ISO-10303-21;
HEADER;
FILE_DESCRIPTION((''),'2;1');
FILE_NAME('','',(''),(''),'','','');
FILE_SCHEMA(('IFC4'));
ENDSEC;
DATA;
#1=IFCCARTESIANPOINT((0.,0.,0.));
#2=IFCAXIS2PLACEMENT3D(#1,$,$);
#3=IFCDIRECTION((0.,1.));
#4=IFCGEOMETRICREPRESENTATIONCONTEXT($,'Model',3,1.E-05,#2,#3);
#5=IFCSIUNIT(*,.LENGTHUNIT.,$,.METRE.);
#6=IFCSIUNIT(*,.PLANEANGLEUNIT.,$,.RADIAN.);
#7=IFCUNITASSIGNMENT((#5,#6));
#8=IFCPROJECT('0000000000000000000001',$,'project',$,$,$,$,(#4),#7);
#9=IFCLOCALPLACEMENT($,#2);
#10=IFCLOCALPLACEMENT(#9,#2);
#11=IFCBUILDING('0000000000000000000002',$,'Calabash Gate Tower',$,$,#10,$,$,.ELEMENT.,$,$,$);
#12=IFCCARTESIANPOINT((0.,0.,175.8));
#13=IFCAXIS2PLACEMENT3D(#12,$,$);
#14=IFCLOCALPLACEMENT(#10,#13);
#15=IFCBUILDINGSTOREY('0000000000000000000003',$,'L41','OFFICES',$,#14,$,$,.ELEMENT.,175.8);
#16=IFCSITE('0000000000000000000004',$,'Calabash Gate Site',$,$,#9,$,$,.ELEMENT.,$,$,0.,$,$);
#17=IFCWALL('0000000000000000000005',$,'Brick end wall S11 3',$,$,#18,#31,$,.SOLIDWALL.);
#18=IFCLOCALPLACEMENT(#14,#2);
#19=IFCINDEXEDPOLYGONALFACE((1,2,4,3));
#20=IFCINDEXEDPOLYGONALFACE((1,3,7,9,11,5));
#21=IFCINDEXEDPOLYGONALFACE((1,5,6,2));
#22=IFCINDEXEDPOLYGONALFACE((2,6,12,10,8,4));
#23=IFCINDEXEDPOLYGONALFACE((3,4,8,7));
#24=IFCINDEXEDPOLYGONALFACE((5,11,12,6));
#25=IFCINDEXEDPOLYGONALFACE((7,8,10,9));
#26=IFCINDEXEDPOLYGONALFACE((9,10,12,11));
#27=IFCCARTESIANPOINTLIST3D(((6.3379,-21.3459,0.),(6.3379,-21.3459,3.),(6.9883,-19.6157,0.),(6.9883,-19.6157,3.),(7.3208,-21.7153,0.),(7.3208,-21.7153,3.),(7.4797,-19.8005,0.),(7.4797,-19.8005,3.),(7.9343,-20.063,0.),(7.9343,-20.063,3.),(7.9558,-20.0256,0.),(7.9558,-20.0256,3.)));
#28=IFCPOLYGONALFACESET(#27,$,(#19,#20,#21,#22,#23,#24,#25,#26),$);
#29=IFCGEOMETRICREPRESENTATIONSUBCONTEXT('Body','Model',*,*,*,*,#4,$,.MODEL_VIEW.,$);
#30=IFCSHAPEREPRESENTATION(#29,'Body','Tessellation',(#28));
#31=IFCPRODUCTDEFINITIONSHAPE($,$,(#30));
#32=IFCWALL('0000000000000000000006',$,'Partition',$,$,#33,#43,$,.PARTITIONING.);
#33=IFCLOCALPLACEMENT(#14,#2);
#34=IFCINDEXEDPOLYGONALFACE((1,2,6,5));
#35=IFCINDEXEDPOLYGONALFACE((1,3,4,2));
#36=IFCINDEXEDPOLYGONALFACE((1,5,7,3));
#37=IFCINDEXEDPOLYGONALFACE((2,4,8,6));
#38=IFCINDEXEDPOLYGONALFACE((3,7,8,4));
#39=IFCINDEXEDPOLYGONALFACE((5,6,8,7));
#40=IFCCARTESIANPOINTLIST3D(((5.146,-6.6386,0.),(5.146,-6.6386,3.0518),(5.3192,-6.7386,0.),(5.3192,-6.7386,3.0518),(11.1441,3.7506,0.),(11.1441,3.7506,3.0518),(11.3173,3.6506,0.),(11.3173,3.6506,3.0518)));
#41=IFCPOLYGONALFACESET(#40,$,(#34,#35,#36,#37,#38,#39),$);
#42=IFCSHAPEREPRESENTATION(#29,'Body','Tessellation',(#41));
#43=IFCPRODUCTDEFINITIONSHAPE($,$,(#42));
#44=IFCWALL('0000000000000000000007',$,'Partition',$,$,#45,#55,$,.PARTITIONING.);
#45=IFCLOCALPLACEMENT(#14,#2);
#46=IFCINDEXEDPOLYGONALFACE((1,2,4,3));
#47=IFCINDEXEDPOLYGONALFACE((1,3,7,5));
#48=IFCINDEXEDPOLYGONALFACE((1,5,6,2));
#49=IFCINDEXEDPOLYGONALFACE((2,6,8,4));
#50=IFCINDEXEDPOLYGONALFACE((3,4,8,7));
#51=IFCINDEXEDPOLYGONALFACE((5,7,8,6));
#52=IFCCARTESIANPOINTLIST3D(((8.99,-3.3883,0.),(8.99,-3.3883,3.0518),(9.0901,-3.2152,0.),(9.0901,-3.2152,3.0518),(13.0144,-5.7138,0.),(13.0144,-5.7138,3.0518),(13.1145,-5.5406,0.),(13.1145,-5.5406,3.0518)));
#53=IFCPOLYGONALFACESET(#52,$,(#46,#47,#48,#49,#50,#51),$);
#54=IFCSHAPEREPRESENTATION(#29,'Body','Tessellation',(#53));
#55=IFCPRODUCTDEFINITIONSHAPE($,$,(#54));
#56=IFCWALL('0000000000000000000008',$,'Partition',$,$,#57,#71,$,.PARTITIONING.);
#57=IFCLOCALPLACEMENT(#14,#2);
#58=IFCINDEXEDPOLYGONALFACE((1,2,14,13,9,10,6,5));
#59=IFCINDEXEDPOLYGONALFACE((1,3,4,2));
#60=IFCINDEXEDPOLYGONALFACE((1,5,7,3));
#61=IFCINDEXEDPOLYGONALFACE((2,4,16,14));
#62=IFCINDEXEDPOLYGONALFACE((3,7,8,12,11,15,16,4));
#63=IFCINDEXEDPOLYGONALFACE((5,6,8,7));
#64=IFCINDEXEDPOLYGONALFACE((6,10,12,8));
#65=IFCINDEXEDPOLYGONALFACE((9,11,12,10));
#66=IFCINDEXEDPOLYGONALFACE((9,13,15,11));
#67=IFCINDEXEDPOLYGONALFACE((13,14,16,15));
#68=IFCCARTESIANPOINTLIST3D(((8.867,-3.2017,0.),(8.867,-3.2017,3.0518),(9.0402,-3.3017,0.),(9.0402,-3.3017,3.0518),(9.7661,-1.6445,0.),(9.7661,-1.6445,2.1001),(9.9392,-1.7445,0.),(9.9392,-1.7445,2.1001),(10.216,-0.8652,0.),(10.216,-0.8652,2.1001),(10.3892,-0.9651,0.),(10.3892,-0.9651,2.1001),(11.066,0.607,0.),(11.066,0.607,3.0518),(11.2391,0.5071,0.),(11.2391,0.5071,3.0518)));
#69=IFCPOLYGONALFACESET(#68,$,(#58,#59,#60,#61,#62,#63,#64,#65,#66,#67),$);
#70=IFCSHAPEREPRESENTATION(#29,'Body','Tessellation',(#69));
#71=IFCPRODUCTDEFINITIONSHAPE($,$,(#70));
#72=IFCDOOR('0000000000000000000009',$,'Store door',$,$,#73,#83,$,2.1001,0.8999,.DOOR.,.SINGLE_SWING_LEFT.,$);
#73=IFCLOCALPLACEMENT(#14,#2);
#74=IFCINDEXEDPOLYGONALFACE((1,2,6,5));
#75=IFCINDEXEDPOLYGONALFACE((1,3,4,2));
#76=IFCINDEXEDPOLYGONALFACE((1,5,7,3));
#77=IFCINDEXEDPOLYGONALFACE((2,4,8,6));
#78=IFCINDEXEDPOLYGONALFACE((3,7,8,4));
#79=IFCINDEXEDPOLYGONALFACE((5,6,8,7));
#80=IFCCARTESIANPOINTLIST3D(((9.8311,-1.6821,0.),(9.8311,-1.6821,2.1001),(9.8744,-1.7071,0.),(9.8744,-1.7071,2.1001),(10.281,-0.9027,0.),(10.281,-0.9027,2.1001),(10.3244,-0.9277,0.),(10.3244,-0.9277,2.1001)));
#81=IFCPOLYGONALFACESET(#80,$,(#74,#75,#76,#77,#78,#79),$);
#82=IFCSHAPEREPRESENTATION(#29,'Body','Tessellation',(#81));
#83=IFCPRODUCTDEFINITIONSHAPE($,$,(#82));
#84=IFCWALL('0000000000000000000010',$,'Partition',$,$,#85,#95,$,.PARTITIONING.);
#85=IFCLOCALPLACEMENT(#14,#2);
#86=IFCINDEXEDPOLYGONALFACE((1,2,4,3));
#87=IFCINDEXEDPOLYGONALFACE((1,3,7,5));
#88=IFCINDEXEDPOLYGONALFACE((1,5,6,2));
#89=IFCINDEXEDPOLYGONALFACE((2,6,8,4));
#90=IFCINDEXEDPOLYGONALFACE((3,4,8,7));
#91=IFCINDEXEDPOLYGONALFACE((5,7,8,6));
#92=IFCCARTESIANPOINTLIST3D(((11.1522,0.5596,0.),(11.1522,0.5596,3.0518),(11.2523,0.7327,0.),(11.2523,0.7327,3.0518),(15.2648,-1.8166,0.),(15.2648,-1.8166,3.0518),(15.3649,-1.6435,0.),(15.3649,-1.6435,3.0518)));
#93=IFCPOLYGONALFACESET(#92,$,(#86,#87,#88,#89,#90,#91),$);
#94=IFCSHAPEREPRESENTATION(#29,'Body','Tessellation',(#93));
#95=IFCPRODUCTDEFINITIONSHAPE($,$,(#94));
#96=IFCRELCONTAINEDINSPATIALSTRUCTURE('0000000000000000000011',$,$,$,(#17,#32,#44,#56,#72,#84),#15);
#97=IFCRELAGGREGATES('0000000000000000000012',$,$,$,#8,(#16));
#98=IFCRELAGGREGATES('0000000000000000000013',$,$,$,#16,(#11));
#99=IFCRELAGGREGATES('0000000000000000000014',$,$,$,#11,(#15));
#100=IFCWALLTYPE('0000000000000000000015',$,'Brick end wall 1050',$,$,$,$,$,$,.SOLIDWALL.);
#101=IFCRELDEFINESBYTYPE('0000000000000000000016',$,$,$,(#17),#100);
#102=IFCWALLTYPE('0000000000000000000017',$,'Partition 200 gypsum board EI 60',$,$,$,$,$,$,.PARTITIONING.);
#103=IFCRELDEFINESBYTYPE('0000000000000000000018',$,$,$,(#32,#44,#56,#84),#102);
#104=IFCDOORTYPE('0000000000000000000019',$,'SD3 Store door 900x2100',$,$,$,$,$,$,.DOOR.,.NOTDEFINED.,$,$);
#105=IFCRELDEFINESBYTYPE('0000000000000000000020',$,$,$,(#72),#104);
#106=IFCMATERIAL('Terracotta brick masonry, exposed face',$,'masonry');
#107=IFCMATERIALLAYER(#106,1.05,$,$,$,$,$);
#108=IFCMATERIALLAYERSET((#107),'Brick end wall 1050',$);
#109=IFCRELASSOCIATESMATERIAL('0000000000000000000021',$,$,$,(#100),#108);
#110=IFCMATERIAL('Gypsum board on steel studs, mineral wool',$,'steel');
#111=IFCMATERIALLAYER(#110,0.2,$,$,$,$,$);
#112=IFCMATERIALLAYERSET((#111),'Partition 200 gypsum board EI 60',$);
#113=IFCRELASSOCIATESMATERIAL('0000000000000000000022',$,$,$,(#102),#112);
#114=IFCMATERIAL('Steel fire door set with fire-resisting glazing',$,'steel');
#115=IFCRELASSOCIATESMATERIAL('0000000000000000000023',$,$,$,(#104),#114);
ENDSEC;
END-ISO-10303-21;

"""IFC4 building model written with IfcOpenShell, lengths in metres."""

from ifc_helpers import new_model, si_unit, direction, frame, frame_2d, origin, place, context, subcontext, project, spatial, polyline, rectangle, outline, extrude, material, layer, layer_set, type_object, element, fill, save


model = new_model("IFC4")

# Units and contexts
model_context = context("Model", 3, precision=1e-05, world=origin(), true_north=direction((0.0, 1.0)))
body_context = subcontext(model_context, "Body", "Model", "MODEL_VIEW")
ifc_project = project(units=[si_unit("LENGTHUNIT", "METRE"), si_unit("PLANEANGLEUNIT", "RADIAN")], contexts=[model_context])

# Site, building, storey
site_placement = place(None, origin())
site = spatial("IfcSite", under=ifc_project, at=site_placement, Name="Calabash Gate Site", CompositionType="ELEMENT", RefElevation=0.0)
building_placement = place(site_placement, origin())
building = spatial("IfcBuilding", under=site, at=building_placement, Name="Calabash Gate Tower", CompositionType="ELEMENT")
storey_placement = place(building_placement, frame((0.0, 0.0, 175.8)))
storey = spatial("IfcBuildingStorey", under=building, at=storey_placement, Name="L41", Description="OFFICES", CompositionType="ELEMENT", Elevation=175.8)

# Walls
ifc_material_1 = material(Name="Terracotta brick masonry, exposed face", Category="masonry")
ifc_layer_1 = layer(ifc_material_1, 1.05)
ifc_layer_set_1 = layer_set([ifc_layer_1], Name="Brick end wall 1050")
wall_type_1 = type_object("IfcWallType", Name="Brick end wall 1050", PredefinedType="SOLIDWALL", material=ifc_layer_set_1)
wall_1_placement = place(storey_placement, origin())
element("IfcWall", 1, at=wall_1_placement, inside=storey, type_object=wall_type_1, Name="Brick end wall S11 3", PredefinedType="SOLIDWALL", context=body_context, shape_type="SweptSolid", body=[
    extrude(outline(polyline([(6.9883, -19.6157), (6.3379, -21.3459), (7.3208, -21.7153), (7.9558, -20.0256), (7.9343, -20.063), (7.4797, -19.8005), (6.9883, -19.6157)])), origin(), (0.0, 0.0, 1.0), 3.0),
])
ifc_material_2 = material(Name="Gypsum board on steel studs, mineral wool", Category="steel")
ifc_layer_2 = layer(ifc_material_2, 0.2)
ifc_layer_set_2 = layer_set([ifc_layer_2], Name="Partition 200 gypsum board EI 60")
wall_type_2 = type_object("IfcWallType", Name="Partition 200 gypsum board EI 60", PredefinedType="PARTITIONING", material=ifc_layer_set_2)
wall_2_placement = place(storey_placement, frame((5.2327, -6.6885, 0.0), z_axis=(0.0, 0.0, 1.0), x_axis=(0.499991, 0.86603, 0.0)))
element("IfcWall", 2, at=wall_2_placement, inside=storey, type_object=wall_type_2, Name="Partition", PredefinedType="PARTITIONING", context=body_context, shape_type="SweptSolid", body=[
    extrude(rectangle(XDim=11.9963, YDim=0.2, at=frame_2d((5.998, 0.0))), origin(), (0.0, 0.0, 1.0), 3.0518),
])
wall_3_placement = place(storey_placement, frame((9.04, -3.3018, 0.0), z_axis=(0.0, 0.0, 1.0), x_axis=(0.865844, -0.500313, 0.0)))
element("IfcWall", 3, at=wall_3_placement, inside=storey, type_object=wall_type_2, Name="Partition", PredefinedType="PARTITIONING", context=body_context, shape_type="SweptSolid", body=[
    extrude(rectangle(XDim=4.6479, YDim=0.2, at=frame_2d((2.324, 0.0))), origin(), (0.0, 0.0, 1.0), 3.0518),
])

# Wall, opening, door
wall_4_placement = place(storey_placement, frame((8.9536, -3.2517, 0.0), z_axis=(0.0, 0.0, 1.0), x_axis=(0.49999, 0.866031, 0.0)))
wall_4 = element("IfcWall", 4, at=wall_4_placement, inside=storey, type_object=wall_type_2, Name="Partition", PredefinedType="PARTITIONING", context=body_context, shape_type="SweptSolid", body=[
    extrude(rectangle(XDim=4.3979, YDim=0.2, at=frame_2d((2.199, 0.0))), origin(), (0.0, 0.0, 1.0), 3.0518),
])
opening_1_placement = place(wall_4_placement, frame((1.7981, 0.0, 0.0)))
opening_1 = element("IfcOpeningElement", 5, at=opening_1_placement, cuts=wall_4, PredefinedType="OPENING", context=body_context, shape_type="SweptSolid", body=[
    extrude(rectangle(XDim=0.8999, YDim=2.1001, at=frame_2d((0.45, 1.05))), frame((0.0, 0.1099, 0.0), z_axis=(0.0, -1.0, 0.0), x_axis=(1.0, 0.0, 0.0)), (0.0, 0.0, 1.0), 0.22),
])
ifc_material_3 = material(Name="Steel fire door set with fire-resisting glazing", Category="steel")
door_type_1 = type_object("IfcDoorType", Name="SD3 Store door 900x2100", OperationType="NOTDEFINED", PredefinedType="DOOR", material=ifc_material_3)
door_1_placement = place(opening_1_placement, origin())
door_1 = element("IfcDoor", 6, at=door_1_placement, inside=storey, type_object=door_type_1, Name="Store door", OperationType="SINGLE_SWING_LEFT", OverallHeight=2.1001, OverallWidth=0.8999, PredefinedType="DOOR", context=body_context, shape_type="SweptSolid", body=[
    extrude(rectangle(XDim=0.8999, YDim=2.1001, at=frame_2d((0.45, 1.05))), frame((0.0, 0.0249, 0.0), z_axis=(0.0, -1.0, 0.0), x_axis=(1.0, 0.0, 0.0)), (0.0, 0.0, 1.0), 0.05),
])
fill(opening_1, door_1)

# Wall
wall_5_placement = place(storey_placement, frame((11.2021, 0.6462, 0.0), z_axis=(0.0, 0.0, 1.0), x_axis=(0.865858, -0.50029, 0.0)))
element("IfcWall", 7, at=wall_5_placement, inside=storey, type_object=wall_type_2, Name="Partition", PredefinedType="PARTITIONING", context=body_context, shape_type="SweptSolid", body=[
    extrude(rectangle(XDim=4.7498, YDim=0.2, at=frame_2d((2.375, 0.0))), origin(), (0.0, 0.0, 1.0), 3.0518),
])

save(model, "model.ifc")
